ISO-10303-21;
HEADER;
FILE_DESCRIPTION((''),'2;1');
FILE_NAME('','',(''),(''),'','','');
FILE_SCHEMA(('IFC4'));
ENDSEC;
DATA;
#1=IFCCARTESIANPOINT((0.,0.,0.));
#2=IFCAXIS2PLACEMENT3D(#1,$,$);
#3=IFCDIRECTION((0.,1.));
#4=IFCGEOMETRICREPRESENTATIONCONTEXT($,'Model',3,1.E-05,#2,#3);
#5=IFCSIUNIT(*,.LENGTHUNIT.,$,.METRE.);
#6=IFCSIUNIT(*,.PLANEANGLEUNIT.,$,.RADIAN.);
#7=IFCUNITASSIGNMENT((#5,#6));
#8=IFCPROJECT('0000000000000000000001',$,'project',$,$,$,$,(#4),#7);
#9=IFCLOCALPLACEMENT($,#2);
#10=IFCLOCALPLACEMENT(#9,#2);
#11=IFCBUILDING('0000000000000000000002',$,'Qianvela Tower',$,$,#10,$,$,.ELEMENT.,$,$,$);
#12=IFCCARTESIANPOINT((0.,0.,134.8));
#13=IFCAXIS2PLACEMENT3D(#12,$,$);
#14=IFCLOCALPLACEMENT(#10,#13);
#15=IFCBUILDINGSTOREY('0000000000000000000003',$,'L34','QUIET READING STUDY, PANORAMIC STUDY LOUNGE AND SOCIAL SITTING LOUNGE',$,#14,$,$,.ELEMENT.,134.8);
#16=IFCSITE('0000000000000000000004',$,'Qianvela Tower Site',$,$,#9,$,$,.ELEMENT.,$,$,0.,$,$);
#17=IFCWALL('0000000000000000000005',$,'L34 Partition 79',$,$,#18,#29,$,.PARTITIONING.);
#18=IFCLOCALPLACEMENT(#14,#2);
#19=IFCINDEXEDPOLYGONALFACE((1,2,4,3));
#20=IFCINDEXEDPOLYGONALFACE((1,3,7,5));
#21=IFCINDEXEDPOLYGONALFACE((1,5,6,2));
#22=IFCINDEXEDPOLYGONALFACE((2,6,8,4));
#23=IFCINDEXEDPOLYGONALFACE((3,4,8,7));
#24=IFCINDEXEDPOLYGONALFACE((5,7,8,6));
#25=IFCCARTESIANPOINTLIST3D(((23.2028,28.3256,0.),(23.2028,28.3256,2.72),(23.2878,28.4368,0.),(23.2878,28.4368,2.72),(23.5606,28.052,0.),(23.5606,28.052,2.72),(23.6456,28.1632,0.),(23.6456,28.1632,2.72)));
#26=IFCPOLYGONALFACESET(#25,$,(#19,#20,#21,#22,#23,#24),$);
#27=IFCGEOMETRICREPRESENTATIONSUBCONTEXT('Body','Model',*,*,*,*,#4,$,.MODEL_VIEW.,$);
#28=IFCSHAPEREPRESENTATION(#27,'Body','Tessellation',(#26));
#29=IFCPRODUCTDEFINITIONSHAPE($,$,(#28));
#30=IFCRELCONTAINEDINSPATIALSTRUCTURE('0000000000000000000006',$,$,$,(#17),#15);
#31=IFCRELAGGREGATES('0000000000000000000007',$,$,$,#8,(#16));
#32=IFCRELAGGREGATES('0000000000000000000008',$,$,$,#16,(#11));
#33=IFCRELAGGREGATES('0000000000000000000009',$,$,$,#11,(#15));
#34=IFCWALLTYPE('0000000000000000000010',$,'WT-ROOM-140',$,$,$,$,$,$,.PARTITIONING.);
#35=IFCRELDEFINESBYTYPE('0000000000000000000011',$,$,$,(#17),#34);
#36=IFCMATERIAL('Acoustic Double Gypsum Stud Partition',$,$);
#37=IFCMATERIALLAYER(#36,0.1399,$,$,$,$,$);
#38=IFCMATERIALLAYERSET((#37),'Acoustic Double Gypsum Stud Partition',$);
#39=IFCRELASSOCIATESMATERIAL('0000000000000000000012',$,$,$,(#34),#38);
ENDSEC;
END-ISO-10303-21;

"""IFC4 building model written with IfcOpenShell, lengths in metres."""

from ifc_helpers import new_model, si_unit, direction, frame, frame_2d, origin, place, context, subcontext, project, spatial, rectangle, extrude, material, layer, layer_set, type_object, element, save


model = new_model("IFC4")

# Units and contexts
model_context = context("Model", 3, precision=1e-05, world=origin(), true_north=direction((0.0, 1.0)))
body_context = subcontext(model_context, "Body", "Model", "MODEL_VIEW")
ifc_project = project(units=[si_unit("LENGTHUNIT", "METRE"), si_unit("PLANEANGLEUNIT", "RADIAN")], contexts=[model_context])

# Site, building, storey
site_placement = place(None, origin())
site = spatial("IfcSite", under=ifc_project, at=site_placement, Name="Qianvela Tower Site", CompositionType="ELEMENT", RefElevation=0.0)
building_placement = place(site_placement, origin())
building = spatial("IfcBuilding", under=site, at=building_placement, Name="Qianvela Tower", CompositionType="ELEMENT")
storey_placement = place(building_placement, frame((0.0, 0.0, 134.8)))
storey = spatial("IfcBuildingStorey", under=building, at=storey_placement, Name="L34", Description="QUIET READING STUDY, PANORAMIC STUDY LOUNGE AND SOCIAL SITTING LOUNGE", CompositionType="ELEMENT", Elevation=134.8)

# Wall
ifc_material_1 = material(Name="Acoustic Double Gypsum Stud Partition")
ifc_layer_1 = layer(ifc_material_1, 0.1399)
ifc_layer_set_1 = layer_set([ifc_layer_1], Name="Acoustic Double Gypsum Stud Partition")
wall_type_1 = type_object("IfcWallType", Name="WT-ROOM-140", PredefinedType="PARTITIONING", material=ifc_layer_set_1)
wall_1_placement = place(storey_placement, frame((23.603, 28.1077, 0.0), z_axis=(0.0, 0.0, 1.0), x_axis=(-0.794373, 0.60743, 0.0)))
element("IfcWall", 1, at=wall_1_placement, inside=storey, type_object=wall_type_1, Name="L34 Partition 79", PredefinedType="PARTITIONING", context=body_context, shape_type="SweptSolid", body=[
    extrude(rectangle(XDim=0.4504, YDim=0.1399, at=frame_2d((0.2251, 0.0))), origin(), (0.0, 0.0, 1.0), 2.72),
])

save(model, "model.ifc")
